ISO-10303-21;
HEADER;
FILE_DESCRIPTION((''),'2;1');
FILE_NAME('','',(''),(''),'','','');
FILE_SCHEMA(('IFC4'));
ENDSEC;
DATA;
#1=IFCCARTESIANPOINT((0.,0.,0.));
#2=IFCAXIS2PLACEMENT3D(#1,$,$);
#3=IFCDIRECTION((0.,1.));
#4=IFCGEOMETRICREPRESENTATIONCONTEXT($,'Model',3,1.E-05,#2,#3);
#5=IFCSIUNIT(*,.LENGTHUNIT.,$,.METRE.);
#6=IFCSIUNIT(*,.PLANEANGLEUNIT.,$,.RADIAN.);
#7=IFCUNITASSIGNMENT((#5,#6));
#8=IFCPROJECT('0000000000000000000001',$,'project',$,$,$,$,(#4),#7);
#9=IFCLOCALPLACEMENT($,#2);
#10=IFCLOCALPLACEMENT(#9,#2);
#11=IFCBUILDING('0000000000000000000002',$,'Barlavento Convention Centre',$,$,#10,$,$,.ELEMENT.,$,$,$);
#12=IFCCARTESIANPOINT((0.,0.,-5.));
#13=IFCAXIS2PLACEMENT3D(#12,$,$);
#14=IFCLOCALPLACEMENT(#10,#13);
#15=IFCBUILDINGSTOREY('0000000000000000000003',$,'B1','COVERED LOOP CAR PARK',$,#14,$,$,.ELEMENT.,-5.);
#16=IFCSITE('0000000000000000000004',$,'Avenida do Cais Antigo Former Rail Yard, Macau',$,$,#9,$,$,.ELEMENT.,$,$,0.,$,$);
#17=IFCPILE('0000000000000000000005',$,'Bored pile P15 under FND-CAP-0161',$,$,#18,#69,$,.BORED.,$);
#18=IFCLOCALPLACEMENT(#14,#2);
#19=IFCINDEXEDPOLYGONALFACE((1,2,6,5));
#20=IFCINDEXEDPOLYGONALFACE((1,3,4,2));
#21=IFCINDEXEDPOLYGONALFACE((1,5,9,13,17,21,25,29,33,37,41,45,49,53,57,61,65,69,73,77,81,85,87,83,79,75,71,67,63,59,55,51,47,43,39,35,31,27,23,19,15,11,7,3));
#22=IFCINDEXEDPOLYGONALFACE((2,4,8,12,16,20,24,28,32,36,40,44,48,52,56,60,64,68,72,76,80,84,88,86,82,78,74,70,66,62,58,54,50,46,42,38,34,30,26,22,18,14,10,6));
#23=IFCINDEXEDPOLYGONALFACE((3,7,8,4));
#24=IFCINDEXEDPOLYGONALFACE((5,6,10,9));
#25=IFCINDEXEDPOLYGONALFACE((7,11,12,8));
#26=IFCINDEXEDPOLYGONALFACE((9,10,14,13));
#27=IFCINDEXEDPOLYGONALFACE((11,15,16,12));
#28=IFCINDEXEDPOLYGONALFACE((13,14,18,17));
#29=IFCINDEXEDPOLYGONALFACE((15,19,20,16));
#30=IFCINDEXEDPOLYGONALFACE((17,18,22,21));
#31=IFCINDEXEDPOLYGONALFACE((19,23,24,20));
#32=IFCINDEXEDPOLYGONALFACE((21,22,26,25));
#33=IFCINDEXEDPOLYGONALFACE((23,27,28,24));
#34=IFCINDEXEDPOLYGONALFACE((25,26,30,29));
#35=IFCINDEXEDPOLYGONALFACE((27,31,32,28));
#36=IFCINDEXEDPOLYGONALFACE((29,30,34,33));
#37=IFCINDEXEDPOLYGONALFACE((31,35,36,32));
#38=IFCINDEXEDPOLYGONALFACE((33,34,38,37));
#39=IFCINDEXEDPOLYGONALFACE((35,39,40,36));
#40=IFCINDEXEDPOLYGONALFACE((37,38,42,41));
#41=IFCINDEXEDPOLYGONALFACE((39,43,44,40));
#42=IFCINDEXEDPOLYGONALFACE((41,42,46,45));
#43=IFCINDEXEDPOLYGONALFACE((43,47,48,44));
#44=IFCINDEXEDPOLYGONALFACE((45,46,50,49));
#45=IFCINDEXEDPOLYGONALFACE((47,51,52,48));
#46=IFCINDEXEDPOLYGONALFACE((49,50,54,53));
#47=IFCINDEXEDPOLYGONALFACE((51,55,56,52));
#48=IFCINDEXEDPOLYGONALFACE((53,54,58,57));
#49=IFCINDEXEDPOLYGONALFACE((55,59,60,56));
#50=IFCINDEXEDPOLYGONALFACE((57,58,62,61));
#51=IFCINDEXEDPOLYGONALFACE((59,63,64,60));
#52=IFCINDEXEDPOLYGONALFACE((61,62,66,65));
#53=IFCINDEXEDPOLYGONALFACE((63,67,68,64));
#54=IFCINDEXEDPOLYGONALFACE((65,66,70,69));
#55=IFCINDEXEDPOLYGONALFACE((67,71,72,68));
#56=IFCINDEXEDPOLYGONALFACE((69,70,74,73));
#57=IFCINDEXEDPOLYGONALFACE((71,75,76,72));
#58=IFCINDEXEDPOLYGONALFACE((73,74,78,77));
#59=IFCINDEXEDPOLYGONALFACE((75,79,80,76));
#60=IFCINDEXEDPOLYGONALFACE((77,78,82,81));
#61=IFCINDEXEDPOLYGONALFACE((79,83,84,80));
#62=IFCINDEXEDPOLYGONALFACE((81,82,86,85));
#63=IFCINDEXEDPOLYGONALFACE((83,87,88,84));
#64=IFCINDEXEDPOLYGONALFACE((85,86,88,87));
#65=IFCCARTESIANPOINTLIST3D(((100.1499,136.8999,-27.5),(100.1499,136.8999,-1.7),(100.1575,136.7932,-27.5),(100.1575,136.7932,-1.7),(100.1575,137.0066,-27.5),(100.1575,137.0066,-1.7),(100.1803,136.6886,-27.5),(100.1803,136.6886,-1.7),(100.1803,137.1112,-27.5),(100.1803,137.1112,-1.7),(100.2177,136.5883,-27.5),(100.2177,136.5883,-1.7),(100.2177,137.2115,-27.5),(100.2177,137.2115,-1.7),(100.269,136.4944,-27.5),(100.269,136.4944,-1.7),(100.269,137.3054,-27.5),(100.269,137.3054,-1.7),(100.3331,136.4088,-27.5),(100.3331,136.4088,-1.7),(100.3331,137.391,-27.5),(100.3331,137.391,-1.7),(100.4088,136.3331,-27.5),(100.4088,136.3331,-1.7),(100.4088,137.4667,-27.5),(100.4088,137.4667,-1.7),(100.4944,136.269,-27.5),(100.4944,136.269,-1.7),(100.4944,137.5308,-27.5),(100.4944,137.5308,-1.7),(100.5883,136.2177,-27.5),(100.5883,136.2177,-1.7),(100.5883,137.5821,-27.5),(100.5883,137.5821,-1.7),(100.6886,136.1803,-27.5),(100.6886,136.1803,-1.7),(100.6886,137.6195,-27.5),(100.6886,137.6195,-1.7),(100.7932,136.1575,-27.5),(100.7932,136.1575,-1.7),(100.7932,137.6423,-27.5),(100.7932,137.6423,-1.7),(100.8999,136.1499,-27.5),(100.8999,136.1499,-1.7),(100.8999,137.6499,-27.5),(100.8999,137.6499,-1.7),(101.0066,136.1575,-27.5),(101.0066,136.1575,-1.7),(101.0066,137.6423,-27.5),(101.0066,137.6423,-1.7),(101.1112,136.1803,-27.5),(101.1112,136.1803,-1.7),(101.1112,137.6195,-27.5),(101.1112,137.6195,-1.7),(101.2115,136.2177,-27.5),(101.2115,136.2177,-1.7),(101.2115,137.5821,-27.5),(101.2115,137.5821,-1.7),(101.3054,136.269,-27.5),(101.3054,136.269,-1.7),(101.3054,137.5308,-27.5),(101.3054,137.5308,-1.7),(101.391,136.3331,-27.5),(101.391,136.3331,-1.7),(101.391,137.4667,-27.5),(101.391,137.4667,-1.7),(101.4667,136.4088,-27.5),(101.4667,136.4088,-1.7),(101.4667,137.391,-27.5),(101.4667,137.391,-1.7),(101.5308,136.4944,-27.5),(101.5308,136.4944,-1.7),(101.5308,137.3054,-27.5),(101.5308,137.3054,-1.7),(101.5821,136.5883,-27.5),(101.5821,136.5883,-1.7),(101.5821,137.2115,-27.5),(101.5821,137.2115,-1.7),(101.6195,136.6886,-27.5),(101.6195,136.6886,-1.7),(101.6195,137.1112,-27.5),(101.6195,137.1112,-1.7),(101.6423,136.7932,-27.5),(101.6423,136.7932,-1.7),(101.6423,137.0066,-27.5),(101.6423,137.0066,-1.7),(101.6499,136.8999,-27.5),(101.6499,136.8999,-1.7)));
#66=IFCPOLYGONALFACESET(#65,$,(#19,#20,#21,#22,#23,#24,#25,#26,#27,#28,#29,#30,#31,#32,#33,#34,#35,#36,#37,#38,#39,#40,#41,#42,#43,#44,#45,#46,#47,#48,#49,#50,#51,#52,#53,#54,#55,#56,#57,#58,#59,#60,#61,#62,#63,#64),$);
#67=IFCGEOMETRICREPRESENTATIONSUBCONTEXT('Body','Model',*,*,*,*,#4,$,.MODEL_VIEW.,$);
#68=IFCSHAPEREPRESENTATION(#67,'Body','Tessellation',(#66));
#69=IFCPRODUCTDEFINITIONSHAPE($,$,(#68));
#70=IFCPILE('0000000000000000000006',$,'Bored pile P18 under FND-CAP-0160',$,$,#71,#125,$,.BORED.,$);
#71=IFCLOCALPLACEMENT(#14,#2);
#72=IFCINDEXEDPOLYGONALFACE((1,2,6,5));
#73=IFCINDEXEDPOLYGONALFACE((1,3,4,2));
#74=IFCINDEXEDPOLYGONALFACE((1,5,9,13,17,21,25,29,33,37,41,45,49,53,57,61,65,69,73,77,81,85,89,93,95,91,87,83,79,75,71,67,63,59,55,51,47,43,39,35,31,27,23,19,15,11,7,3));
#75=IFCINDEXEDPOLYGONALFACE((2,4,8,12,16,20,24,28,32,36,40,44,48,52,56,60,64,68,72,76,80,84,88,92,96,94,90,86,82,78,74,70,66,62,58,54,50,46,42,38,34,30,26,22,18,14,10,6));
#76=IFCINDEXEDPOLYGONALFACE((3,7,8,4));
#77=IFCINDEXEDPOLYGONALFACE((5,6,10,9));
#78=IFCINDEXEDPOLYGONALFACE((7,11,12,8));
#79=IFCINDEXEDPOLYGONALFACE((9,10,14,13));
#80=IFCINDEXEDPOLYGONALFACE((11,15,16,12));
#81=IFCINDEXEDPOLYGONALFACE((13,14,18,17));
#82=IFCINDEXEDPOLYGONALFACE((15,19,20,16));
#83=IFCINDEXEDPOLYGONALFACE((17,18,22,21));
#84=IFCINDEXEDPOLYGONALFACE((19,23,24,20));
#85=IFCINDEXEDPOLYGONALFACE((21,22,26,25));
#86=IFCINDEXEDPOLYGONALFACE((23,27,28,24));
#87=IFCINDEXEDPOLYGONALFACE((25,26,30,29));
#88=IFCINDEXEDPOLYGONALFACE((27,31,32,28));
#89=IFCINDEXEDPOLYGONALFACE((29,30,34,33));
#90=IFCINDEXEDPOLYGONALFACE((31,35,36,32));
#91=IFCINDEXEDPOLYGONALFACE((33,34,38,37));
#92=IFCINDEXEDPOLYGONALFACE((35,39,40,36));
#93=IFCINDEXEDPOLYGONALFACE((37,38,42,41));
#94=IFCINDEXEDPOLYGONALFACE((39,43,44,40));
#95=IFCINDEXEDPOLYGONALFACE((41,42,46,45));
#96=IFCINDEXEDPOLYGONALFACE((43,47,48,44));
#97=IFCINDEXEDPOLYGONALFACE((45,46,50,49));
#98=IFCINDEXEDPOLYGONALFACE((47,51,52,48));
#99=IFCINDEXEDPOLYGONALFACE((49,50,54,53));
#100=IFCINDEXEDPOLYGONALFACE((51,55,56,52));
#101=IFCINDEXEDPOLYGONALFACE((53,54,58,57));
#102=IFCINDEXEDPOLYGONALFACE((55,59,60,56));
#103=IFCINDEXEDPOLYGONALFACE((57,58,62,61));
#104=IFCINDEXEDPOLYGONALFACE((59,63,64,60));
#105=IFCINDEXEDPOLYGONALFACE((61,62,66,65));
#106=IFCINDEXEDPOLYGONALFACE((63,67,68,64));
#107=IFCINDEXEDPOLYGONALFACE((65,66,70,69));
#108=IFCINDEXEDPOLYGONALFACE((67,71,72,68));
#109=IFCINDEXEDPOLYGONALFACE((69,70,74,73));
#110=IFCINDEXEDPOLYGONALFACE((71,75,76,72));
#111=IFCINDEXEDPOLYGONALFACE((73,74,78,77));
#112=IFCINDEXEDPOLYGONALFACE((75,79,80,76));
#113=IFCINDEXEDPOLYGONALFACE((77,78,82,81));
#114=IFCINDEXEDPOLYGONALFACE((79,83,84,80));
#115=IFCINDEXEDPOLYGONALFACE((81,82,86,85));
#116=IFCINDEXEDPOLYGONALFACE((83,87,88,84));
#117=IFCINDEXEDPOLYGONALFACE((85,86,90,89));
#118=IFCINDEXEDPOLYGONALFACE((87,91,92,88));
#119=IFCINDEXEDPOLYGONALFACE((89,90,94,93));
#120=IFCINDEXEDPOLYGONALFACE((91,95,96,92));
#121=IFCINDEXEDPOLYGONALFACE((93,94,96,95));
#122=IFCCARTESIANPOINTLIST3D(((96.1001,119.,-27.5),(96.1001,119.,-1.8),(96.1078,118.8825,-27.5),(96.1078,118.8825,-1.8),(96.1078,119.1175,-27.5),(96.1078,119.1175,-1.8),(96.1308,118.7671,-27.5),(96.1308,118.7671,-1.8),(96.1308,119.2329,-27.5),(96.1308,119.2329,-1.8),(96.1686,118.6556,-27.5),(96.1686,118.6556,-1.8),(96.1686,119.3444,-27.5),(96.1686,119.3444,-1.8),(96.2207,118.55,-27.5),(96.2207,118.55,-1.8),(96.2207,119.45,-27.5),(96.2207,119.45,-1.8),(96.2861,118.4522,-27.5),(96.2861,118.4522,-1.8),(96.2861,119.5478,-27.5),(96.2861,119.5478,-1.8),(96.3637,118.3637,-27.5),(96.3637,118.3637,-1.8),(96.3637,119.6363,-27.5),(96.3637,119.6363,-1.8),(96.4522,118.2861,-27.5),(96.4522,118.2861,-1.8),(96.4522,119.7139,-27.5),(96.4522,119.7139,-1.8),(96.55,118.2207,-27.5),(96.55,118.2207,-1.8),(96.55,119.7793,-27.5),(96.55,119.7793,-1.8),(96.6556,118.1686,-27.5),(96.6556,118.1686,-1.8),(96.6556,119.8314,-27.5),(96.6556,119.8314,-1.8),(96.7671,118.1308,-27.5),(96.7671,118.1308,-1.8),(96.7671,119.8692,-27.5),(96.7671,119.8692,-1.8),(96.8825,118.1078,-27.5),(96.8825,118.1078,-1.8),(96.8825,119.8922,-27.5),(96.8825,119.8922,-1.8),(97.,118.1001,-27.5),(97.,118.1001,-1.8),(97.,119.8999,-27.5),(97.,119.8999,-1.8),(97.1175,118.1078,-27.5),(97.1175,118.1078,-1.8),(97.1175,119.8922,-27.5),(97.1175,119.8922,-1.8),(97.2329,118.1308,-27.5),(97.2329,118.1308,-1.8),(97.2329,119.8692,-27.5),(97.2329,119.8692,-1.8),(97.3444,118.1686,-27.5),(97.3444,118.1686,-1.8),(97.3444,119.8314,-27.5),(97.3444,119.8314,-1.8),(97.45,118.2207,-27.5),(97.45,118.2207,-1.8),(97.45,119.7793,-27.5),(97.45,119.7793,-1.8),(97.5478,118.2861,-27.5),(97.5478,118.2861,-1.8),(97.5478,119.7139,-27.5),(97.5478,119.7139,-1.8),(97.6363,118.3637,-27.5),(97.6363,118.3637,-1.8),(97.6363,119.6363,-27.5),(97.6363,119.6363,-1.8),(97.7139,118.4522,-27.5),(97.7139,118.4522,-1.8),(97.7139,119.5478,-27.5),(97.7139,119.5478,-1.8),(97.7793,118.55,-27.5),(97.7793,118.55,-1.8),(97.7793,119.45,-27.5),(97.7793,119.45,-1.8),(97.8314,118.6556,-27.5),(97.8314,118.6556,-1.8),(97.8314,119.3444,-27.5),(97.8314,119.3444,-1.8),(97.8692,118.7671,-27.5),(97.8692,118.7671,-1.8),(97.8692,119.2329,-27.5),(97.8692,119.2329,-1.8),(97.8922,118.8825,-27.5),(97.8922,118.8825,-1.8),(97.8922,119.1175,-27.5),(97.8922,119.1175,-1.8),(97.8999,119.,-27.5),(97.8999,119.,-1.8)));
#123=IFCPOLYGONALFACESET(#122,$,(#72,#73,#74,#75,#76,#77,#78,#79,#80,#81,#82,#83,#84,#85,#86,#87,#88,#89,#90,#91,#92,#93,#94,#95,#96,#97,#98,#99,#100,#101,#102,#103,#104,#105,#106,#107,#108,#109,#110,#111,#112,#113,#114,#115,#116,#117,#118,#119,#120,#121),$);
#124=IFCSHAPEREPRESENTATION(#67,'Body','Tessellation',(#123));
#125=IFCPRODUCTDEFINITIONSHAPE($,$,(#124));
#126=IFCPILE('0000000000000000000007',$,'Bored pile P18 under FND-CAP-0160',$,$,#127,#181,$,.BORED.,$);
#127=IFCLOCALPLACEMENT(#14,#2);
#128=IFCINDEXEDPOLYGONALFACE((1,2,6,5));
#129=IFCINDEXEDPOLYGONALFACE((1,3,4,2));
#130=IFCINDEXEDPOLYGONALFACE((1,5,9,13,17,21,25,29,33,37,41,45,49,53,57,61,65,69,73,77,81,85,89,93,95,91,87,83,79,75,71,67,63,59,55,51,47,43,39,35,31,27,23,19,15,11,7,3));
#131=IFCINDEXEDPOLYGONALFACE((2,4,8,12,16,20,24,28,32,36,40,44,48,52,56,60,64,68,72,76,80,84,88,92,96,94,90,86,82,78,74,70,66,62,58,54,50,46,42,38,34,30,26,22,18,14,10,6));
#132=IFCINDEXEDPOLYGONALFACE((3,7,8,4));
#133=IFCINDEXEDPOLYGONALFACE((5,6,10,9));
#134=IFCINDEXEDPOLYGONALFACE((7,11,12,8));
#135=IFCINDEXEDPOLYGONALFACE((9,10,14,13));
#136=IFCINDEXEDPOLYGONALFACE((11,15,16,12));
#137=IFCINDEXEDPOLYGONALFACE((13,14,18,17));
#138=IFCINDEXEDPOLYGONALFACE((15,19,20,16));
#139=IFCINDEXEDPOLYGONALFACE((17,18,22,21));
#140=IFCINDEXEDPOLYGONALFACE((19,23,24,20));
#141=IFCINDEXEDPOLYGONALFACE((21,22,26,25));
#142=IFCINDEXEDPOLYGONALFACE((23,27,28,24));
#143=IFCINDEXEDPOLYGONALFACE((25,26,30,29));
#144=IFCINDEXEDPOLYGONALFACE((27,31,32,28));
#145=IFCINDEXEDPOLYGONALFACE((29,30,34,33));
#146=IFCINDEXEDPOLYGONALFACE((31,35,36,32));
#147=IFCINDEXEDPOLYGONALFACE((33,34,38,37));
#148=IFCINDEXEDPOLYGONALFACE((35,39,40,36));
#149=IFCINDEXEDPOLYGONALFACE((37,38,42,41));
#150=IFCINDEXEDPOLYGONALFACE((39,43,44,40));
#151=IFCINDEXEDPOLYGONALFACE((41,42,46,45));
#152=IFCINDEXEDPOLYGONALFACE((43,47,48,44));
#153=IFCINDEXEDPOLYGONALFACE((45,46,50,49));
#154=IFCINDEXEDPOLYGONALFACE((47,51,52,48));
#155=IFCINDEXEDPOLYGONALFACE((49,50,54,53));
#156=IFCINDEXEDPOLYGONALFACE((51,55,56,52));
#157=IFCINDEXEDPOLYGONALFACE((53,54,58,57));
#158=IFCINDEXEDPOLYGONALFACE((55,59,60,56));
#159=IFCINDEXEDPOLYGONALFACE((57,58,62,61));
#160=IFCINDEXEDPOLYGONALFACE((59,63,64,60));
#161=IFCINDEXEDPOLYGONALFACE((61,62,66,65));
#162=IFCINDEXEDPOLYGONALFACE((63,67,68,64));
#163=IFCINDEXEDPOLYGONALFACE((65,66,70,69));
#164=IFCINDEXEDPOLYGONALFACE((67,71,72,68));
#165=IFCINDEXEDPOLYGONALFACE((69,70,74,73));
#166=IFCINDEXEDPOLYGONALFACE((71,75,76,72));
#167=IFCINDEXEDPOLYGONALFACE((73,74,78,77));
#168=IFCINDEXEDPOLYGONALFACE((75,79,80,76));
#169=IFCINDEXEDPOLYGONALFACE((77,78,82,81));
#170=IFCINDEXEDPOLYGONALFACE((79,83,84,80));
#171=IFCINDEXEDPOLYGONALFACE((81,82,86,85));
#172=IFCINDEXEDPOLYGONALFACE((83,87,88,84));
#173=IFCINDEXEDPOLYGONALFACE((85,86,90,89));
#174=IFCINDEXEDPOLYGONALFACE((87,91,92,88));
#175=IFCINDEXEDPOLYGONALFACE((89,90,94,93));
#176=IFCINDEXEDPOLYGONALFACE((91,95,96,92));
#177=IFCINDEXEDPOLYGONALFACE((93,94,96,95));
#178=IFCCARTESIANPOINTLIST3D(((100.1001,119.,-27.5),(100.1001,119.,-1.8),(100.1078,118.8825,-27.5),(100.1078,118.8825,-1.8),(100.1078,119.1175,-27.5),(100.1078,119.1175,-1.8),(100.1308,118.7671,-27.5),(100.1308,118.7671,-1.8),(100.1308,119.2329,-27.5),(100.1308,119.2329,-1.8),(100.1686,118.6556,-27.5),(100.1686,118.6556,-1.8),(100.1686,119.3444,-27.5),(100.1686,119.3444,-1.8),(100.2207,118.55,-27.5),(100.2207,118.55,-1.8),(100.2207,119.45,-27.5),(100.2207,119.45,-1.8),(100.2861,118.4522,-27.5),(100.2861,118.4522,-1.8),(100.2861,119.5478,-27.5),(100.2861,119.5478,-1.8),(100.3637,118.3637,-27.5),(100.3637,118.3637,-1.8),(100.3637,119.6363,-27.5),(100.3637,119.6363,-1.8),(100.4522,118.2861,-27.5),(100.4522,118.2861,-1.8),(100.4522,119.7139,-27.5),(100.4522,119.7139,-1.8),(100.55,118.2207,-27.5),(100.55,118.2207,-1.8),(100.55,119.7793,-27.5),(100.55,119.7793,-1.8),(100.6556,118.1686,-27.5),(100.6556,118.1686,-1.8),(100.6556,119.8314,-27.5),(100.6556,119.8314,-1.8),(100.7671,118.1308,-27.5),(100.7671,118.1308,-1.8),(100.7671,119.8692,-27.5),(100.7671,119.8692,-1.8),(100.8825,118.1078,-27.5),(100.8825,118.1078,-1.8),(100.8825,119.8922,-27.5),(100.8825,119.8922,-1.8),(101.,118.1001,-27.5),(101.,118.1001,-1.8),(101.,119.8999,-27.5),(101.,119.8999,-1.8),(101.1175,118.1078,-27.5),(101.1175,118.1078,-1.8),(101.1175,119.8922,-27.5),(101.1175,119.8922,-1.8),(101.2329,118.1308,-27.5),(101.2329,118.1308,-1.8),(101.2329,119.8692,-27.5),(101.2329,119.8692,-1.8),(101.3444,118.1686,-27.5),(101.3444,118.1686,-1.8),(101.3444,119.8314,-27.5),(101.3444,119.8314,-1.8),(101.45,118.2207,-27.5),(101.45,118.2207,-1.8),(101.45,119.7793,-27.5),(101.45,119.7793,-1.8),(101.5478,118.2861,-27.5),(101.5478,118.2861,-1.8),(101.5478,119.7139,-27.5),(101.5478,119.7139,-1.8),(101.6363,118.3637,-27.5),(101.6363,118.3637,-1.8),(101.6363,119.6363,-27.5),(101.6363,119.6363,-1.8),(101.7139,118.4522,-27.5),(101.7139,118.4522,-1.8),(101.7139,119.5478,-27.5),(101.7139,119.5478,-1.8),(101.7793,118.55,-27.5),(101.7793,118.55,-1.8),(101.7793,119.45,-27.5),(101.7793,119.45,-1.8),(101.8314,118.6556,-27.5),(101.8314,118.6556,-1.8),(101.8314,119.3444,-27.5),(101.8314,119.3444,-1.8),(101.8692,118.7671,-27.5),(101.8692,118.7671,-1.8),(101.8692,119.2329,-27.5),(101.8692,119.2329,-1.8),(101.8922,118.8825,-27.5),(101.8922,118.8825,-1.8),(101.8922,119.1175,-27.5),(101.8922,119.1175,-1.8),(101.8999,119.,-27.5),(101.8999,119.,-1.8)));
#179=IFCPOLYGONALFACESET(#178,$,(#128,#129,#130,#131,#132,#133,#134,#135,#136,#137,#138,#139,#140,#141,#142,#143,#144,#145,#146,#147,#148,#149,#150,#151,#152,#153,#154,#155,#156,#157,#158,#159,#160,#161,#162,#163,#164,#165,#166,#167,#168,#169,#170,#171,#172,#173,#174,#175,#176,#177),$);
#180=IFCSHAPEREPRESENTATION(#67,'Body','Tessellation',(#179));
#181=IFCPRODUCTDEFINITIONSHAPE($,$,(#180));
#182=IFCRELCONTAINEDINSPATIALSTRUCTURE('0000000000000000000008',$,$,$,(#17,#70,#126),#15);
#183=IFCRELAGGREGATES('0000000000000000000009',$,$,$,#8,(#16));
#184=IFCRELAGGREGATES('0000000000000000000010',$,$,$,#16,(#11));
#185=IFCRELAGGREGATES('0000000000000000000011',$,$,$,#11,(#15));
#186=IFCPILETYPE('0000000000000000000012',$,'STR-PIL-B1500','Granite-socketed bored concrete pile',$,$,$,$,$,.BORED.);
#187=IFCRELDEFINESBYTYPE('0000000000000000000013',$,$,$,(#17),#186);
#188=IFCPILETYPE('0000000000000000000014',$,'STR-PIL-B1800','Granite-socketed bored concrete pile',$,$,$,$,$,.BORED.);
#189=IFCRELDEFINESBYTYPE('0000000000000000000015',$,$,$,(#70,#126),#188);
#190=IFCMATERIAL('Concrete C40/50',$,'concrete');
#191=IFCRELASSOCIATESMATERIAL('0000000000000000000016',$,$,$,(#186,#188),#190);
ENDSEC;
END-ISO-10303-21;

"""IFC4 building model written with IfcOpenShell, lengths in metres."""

from ifc_helpers import new_model, si_unit, direction, frame, origin, origin_2d, place, context, subcontext, project, spatial, circle, extrude, material, material_profile, profile_set, type_object, element, save


model = new_model("IFC4")

# Units and contexts
model_context = context("Model", 3, precision=1e-05, world=origin(), true_north=direction((0.0, 1.0)))
body_context = subcontext(model_context, "Body", "Model", "MODEL_VIEW")
ifc_project = project(units=[si_unit("LENGTHUNIT", "METRE"), si_unit("PLANEANGLEUNIT", "RADIAN")], contexts=[model_context])

# Site, building, storey
site_placement = place(None, origin())
site = spatial("IfcSite", under=ifc_project, at=site_placement, Name="Avenida do Cais Antigo Former Rail Yard, Macau", CompositionType="ELEMENT", RefElevation=0.0)
building_placement = place(site_placement, origin())
building = spatial("IfcBuilding", under=site, at=building_placement, Name="Barlavento Convention Centre", CompositionType="ELEMENT")
storey_placement = place(building_placement, frame((0.0, 0.0, -5.0)))
storey = spatial("IfcBuildingStorey", under=building, at=storey_placement, Name="B1", Description="COVERED LOOP CAR PARK", CompositionType="ELEMENT", Elevation=-5.0)

# Shared definitions
ifc_material_1 = material(Name="Concrete C40/50", Category="concrete")

# Piles
ifc_material_profile_1 = material_profile(ifc_material_1, circle(Radius=0.75, at=origin_2d()), Name="BORED PILE 1500")
ifc_profile_set_1 = profile_set([ifc_material_profile_1], Name="Concrete C40/50")
pile_type_1 = type_object("IfcPileType", Name="STR-PIL-B1500", Description="Granite-socketed bored concrete pile", PredefinedType="BORED", material=ifc_profile_set_1)
for number, where, z_axis, x_axis, name in (
    (1, (100.8999, 136.8999, -1.7), (0.0, 0.0, -1.0), (1.0, 0.0, 0.0), "Bored pile P15 under FND-CAP-0161"),
):
    element("IfcPile", number, at=place(storey_placement, frame(where, z_axis=z_axis, x_axis=x_axis)), inside=storey, type_object=pile_type_1, Name=name, PredefinedType="BORED", context=body_context, shape_type="SweptSolid", body=[
        extrude(circle(Radius=0.75, at=origin_2d()), origin(), (0.0, 0.0, 1.0), 25.8),
    ])
ifc_material_profile_2 = material_profile(ifc_material_1, circle(Radius=0.8999, at=origin_2d()), Name="BORED PILE 1800")
ifc_profile_set_2 = profile_set([ifc_material_profile_2], Name="Concrete C40/50")
pile_type_2 = type_object("IfcPileType", Name="STR-PIL-B1800", Description="Granite-socketed bored concrete pile", PredefinedType="BORED", material=ifc_profile_set_2)
for number, where, z_axis, x_axis, name in (
    (2, (97.0, 119.0, -1.8), (0.0, 0.0, -1.0), (1.0, 0.0, 0.0), "Bored pile P18 under FND-CAP-0160"),
    (3, (101.0, 119.0, -1.8), (0.0, 0.0, -1.0), (1.0, 0.0, 0.0), "Bored pile P18 under FND-CAP-0160"),
):
    element("IfcPile", number, at=place(storey_placement, frame(where, z_axis=z_axis, x_axis=x_axis)), inside=storey, type_object=pile_type_2, Name=name, PredefinedType="BORED", context=body_context, shape_type="SweptSolid", body=[
        extrude(circle(Radius=0.8999, at=origin_2d()), origin(), (0.0, 0.0, 1.0), 25.7),
    ])

save(model, "model.ifc")
